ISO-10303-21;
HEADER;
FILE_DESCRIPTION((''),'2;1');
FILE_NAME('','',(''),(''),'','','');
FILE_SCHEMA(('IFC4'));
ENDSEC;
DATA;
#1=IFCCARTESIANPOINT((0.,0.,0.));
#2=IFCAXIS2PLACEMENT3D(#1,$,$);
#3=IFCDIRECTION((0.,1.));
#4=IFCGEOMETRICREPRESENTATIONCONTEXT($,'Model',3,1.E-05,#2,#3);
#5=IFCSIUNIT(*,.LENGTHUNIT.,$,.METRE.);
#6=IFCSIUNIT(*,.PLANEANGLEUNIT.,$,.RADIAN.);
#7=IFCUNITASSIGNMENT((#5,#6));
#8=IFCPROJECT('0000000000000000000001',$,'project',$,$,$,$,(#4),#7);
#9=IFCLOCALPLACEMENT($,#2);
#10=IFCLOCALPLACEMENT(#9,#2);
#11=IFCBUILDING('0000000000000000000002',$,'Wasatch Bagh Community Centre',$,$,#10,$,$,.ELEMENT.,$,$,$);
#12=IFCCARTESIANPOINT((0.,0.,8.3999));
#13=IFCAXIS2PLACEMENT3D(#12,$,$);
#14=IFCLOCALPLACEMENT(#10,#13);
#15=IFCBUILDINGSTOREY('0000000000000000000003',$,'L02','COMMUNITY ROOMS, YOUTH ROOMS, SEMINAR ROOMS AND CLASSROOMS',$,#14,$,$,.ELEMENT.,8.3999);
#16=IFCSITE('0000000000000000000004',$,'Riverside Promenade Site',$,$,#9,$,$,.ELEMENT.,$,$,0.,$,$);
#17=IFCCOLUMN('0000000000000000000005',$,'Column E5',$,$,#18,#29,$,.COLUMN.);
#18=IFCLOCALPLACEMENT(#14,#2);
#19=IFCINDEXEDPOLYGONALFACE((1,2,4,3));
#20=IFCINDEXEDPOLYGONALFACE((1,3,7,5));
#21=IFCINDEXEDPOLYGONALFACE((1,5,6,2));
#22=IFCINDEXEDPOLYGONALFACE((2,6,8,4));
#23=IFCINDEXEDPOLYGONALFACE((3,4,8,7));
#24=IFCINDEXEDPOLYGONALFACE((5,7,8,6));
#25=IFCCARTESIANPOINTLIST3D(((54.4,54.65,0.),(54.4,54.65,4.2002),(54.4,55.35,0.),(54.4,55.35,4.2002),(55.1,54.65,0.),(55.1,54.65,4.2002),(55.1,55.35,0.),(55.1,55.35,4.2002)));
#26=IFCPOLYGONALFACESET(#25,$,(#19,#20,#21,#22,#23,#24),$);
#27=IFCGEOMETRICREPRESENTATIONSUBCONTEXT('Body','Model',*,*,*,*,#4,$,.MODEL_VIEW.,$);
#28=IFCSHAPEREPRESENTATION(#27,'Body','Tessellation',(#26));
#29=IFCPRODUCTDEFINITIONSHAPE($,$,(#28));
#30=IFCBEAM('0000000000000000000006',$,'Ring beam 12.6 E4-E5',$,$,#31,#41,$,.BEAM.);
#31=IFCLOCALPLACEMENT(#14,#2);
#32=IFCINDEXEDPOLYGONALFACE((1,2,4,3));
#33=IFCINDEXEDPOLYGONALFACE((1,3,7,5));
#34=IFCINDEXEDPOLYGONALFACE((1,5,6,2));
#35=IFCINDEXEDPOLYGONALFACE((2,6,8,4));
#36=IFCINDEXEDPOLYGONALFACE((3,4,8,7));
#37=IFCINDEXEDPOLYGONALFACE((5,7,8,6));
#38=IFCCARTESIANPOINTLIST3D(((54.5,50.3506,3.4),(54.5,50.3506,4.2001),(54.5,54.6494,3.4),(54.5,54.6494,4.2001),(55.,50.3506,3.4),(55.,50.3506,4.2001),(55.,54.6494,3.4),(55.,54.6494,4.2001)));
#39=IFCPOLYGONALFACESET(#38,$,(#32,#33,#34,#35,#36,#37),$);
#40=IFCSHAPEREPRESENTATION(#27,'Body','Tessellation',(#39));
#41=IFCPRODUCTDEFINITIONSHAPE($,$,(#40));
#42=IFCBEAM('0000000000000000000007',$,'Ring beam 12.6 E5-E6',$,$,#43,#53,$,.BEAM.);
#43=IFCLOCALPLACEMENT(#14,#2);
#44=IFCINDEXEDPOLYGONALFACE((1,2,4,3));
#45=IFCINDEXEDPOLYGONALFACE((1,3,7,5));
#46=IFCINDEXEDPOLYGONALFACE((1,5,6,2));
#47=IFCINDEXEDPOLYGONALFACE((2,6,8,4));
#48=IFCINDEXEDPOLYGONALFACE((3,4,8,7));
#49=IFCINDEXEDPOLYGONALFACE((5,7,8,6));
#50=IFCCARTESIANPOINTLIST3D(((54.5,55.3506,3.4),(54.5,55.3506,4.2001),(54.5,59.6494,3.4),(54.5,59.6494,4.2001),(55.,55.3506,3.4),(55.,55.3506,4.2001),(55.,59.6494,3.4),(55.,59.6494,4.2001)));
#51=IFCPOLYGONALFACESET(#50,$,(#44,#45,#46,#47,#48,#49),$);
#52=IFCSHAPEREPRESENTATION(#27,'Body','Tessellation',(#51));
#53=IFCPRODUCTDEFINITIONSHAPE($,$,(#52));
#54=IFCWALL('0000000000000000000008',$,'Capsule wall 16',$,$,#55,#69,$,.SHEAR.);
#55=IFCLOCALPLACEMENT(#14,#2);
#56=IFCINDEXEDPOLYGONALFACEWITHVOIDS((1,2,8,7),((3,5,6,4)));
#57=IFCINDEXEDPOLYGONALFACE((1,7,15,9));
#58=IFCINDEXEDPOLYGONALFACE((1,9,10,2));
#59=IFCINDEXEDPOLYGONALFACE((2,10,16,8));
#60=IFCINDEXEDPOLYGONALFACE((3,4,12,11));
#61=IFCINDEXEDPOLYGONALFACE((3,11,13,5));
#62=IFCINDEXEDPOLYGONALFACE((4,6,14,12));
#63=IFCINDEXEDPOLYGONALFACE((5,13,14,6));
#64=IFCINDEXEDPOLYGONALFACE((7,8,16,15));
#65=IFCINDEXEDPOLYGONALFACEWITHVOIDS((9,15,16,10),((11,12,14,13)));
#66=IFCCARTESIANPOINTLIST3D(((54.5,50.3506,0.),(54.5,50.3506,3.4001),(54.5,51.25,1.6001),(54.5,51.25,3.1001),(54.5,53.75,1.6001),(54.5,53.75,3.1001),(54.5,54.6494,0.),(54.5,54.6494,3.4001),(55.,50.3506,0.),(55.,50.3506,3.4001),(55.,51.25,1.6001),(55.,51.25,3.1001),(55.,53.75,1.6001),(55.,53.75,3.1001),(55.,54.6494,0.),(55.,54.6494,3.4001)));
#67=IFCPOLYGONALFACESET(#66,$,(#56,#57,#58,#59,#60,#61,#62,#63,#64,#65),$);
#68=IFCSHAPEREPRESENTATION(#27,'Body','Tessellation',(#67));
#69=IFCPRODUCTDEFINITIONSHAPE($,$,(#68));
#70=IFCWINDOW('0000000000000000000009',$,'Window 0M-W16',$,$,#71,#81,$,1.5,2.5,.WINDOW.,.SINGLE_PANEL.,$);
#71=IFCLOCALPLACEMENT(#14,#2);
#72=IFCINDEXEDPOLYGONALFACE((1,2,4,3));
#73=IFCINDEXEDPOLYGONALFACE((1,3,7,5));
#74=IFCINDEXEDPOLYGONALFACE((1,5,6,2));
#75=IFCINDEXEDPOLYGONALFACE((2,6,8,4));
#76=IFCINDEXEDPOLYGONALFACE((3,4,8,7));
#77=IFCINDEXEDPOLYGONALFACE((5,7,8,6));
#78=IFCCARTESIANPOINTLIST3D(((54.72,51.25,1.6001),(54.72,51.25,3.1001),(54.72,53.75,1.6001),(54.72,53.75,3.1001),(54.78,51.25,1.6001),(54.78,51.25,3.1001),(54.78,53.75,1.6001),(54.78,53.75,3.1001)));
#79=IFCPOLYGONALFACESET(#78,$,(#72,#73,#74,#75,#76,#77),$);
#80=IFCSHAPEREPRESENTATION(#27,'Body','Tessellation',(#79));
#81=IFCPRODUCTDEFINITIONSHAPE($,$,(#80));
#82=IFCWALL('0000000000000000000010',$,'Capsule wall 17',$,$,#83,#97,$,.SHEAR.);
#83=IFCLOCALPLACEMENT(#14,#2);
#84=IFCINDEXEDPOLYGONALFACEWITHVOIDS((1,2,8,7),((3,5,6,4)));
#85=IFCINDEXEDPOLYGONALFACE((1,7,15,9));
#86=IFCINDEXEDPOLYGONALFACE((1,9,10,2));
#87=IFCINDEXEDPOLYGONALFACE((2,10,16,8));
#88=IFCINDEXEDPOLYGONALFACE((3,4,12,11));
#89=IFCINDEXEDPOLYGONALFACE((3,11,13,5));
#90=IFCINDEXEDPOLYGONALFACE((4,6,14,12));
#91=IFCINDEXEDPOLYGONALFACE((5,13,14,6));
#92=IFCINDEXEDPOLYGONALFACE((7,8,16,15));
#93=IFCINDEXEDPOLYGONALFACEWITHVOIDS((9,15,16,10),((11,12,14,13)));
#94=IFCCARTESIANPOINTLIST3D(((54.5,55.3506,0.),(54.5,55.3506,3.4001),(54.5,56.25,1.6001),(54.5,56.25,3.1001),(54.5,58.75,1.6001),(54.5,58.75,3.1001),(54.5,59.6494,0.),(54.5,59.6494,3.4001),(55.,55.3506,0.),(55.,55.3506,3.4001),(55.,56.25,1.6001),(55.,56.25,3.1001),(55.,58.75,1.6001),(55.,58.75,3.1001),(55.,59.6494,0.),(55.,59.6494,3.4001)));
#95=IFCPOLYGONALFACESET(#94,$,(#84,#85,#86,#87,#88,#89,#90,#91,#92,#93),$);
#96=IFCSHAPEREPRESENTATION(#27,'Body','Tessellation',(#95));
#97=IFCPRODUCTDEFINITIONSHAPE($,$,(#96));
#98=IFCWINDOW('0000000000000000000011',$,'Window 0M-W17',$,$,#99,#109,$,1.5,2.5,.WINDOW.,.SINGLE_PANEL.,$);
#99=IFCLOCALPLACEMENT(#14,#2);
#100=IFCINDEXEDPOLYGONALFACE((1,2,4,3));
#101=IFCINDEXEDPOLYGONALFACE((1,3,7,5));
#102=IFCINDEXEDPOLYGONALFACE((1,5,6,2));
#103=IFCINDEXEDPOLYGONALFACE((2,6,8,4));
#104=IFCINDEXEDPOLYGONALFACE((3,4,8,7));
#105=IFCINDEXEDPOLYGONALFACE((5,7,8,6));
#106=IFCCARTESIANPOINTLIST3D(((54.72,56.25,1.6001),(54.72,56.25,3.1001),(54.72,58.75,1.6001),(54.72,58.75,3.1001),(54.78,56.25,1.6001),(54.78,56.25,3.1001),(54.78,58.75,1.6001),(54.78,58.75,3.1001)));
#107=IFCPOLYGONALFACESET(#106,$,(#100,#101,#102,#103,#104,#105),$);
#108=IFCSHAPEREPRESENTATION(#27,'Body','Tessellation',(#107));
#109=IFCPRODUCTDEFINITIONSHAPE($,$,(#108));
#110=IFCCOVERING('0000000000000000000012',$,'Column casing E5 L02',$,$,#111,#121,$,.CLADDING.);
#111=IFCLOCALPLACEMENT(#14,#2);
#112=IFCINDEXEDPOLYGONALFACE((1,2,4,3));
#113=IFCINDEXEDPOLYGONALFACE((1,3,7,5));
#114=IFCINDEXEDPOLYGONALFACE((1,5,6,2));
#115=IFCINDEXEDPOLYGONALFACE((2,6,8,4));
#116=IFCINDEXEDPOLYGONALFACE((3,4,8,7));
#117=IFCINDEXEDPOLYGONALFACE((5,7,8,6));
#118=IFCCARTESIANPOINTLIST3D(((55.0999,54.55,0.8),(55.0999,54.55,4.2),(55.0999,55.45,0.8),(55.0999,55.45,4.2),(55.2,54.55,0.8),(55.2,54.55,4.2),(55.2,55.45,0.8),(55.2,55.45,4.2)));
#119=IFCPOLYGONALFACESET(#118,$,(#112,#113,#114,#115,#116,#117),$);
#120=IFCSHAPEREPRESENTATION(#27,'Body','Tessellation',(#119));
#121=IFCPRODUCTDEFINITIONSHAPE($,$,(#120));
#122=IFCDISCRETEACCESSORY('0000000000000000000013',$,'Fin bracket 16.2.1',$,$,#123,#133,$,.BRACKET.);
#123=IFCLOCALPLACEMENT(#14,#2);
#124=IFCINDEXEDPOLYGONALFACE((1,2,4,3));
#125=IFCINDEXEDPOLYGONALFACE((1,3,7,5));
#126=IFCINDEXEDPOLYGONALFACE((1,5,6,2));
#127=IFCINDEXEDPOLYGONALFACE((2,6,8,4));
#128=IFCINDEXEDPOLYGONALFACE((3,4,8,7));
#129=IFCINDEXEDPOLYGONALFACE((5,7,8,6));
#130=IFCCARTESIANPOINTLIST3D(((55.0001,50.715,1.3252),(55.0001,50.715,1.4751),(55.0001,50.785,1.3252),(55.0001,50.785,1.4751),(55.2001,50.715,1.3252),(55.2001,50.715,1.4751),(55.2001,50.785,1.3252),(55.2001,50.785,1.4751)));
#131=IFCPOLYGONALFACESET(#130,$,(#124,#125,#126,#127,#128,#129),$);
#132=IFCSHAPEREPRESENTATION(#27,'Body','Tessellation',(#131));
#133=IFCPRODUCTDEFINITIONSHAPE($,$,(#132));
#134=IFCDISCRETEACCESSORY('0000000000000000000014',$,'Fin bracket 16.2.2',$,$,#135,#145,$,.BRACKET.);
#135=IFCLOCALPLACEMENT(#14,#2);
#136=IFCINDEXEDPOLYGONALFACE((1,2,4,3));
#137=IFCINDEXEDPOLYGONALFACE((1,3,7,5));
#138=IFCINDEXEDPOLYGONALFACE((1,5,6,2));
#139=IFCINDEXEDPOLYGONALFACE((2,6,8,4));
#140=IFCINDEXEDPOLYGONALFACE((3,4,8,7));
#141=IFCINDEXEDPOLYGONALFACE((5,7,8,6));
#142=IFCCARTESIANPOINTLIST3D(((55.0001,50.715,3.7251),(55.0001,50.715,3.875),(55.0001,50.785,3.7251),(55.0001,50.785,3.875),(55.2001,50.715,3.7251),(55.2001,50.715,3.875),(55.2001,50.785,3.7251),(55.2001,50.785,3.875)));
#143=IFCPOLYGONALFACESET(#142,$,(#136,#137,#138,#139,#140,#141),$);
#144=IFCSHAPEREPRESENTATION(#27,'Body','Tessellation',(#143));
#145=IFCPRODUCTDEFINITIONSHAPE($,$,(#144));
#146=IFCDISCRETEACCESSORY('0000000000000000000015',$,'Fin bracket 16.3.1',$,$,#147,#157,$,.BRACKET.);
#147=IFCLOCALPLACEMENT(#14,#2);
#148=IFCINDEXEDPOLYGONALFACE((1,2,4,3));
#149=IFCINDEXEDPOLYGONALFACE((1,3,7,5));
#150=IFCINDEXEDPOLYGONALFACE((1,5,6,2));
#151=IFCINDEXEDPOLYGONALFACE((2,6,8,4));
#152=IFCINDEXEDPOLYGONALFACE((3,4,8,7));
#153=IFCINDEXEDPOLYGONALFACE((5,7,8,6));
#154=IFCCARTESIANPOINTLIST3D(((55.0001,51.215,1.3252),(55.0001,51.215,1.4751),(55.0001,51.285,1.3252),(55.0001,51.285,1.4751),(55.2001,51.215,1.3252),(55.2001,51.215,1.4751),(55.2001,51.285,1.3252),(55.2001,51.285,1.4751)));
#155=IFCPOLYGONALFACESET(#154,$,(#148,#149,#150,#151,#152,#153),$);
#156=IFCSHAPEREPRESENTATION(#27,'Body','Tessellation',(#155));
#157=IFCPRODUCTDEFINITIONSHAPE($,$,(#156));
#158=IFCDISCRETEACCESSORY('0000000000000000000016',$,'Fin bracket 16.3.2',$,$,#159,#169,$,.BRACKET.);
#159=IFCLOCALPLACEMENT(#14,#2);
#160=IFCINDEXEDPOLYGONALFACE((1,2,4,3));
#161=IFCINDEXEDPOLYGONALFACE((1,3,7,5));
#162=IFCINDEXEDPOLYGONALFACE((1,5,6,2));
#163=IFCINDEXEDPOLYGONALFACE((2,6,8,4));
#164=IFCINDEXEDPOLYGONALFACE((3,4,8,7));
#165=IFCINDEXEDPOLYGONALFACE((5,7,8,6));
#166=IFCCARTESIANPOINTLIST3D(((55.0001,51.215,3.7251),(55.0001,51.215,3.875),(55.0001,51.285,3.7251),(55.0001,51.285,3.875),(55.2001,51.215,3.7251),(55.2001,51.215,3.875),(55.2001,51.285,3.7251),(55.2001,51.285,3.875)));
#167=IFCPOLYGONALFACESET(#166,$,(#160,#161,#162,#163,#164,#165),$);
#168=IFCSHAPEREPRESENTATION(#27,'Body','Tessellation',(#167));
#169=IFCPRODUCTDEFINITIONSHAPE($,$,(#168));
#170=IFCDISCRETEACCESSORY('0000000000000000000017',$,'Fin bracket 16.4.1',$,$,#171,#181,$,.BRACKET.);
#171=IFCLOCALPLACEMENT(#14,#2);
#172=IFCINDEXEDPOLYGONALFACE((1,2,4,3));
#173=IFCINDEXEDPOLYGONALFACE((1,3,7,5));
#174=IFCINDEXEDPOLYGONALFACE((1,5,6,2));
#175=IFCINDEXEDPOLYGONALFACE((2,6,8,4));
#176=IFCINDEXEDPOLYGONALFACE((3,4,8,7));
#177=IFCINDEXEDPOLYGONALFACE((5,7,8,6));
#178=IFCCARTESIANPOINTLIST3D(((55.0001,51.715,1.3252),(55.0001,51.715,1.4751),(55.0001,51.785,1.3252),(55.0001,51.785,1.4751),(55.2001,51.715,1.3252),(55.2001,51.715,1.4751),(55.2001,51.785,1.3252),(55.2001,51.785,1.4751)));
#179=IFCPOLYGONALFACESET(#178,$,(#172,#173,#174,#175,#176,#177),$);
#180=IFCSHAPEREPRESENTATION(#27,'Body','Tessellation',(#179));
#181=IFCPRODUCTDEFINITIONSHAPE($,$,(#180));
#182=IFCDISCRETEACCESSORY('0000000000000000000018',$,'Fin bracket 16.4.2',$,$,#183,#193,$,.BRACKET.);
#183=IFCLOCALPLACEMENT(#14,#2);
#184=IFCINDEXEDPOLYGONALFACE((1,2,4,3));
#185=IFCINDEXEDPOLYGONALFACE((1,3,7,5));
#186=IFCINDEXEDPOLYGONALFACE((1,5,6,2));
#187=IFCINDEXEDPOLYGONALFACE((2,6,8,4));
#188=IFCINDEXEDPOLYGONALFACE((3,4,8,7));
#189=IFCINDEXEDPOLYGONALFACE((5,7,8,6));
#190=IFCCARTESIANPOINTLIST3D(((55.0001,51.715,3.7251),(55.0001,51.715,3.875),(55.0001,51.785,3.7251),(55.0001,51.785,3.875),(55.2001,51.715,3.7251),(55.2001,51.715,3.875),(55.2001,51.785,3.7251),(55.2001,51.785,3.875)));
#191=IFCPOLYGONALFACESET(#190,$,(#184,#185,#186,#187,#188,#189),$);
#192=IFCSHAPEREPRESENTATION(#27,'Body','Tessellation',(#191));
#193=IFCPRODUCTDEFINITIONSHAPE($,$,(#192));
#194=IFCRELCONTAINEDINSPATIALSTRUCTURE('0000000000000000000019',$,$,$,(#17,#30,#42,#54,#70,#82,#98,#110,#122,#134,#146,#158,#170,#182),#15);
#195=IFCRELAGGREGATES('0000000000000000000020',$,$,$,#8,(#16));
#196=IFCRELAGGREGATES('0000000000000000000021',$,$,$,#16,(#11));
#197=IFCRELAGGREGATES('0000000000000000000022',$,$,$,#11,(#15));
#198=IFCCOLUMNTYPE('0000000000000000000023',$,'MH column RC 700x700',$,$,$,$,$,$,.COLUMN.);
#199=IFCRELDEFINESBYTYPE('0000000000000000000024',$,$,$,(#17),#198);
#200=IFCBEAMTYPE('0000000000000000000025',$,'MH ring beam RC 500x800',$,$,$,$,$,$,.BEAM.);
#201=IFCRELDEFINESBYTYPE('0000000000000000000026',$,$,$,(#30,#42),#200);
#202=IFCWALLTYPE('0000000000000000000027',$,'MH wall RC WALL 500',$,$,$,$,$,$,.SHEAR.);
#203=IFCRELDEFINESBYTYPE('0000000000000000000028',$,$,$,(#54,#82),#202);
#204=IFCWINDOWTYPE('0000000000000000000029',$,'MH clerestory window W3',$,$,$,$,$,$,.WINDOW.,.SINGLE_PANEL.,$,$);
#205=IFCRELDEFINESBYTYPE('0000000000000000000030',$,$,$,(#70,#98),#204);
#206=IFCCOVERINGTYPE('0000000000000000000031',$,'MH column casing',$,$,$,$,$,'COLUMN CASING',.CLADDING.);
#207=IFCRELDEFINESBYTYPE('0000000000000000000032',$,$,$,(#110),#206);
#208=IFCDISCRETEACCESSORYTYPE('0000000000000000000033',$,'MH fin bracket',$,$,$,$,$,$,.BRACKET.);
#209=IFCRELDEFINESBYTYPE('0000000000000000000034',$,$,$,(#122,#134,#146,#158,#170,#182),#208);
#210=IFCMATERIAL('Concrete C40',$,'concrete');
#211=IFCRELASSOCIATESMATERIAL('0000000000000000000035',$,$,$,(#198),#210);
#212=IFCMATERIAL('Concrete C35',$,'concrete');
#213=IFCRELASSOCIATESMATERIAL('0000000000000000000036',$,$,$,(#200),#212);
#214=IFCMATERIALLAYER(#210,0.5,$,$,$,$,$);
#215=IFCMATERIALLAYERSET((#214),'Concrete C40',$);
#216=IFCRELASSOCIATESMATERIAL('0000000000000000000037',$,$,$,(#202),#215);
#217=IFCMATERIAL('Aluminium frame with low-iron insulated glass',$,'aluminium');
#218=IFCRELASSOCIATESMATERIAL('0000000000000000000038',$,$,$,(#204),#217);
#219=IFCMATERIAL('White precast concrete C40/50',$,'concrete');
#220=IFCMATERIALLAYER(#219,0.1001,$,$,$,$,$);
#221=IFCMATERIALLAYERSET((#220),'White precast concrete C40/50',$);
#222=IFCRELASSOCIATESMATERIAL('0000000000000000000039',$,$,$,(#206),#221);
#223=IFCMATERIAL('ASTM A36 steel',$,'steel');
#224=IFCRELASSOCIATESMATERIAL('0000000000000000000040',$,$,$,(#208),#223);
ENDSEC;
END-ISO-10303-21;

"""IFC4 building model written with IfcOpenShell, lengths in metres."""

from ifc_helpers import new_model, si_unit, direction, frame, frame_2d, origin, origin_2d, place, context, subcontext, project, spatial, rectangle, extrude, material, layer, layer_set, material_profile, profile_set, type_object, element, fill, save


model = new_model("IFC4")

# Units and contexts
model_context = context("Model", 3, precision=1e-05, world=origin(), true_north=direction((0.0, 1.0)))
body_context = subcontext(model_context, "Body", "Model", "MODEL_VIEW")
ifc_project = project(units=[si_unit("LENGTHUNIT", "METRE"), si_unit("PLANEANGLEUNIT", "RADIAN")], contexts=[model_context])

# Site, building, storey
site_placement = place(None, origin())
site = spatial("IfcSite", under=ifc_project, at=site_placement, Name="Riverside Promenade Site", CompositionType="ELEMENT", RefElevation=0.0)
building_placement = place(site_placement, origin())
building = spatial("IfcBuilding", under=site, at=building_placement, Name="Wasatch Bagh Community Centre", CompositionType="ELEMENT")
storey_placement = place(building_placement, frame((0.0, 0.0, 8.3999)))
storey = spatial("IfcBuildingStorey", under=building, at=storey_placement, Name="L02", Description="COMMUNITY ROOMS, YOUTH ROOMS, SEMINAR ROOMS AND CLASSROOMS", CompositionType="ELEMENT", Elevation=8.3999)

# Column
ifc_material_1 = material(Name="Concrete C40", Category="concrete")
ifc_material_profile_1 = material_profile(ifc_material_1, rectangle(XDim=0.7, YDim=0.7, at=origin_2d()), Name="RC 700x700")
ifc_profile_set_1 = profile_set([ifc_material_profile_1], Name="Concrete C40")
column_type = type_object("IfcColumnType", Name="MH column RC 700x700", PredefinedType="COLUMN", material=ifc_profile_set_1)
column_placement = place(storey_placement, frame((54.75, 55.0, 0.0), z_axis=(0.0, 0.0, 1.0), x_axis=(1.0, 0.0, 0.0)))
element("IfcColumn", 1, at=column_placement, inside=storey, type_object=column_type, Name="Column E5", PredefinedType="COLUMN", context=body_context, shape_type="SweptSolid", body=[
    extrude(rectangle(XDim=0.7, YDim=0.7, at=origin_2d()), origin(), (0.0, 0.0, 1.0), 4.2002),
])

# Beams
ifc_material_2 = material(Name="Concrete C35", Category="concrete")
ifc_material_profile_2 = material_profile(ifc_material_2, rectangle(XDim=0.5, YDim=0.8, at=origin_2d()), Name="RC 500x800")
ifc_profile_set_2 = profile_set([ifc_material_profile_2], Name="Concrete C35")
beam_type = type_object("IfcBeamType", Name="MH ring beam RC 500x800", PredefinedType="BEAM", material=ifc_profile_set_2)
for number, where, z_axis, x_axis, name in (
    (2, (54.75, 50.3506, 3.8), (0.0, 1.0, 0.0), (-1.0, 0.0, 0.0), "Ring beam 12.6 E4-E5"),
    (3, (54.75, 55.3506, 3.8), (0.0, 1.0, 0.0), (-1.0, 0.0, 0.0), "Ring beam 12.6 E5-E6"),
):
    element("IfcBeam", number, at=place(storey_placement, frame(where, z_axis=z_axis, x_axis=x_axis)), inside=storey, type_object=beam_type, Name=name, PredefinedType="BEAM", context=body_context, shape_type="SweptSolid", body=[
        extrude(rectangle(XDim=0.5, YDim=0.8, at=origin_2d()), origin(), (0.0, 0.0, 1.0), 4.2988),
    ])

# Walls, openings, windows
ifc_layer_1 = layer(ifc_material_1, 0.5)
ifc_layer_set_1 = layer_set([ifc_layer_1], Name="Concrete C40")
wall_type = type_object("IfcWallType", Name="MH wall RC WALL 500", PredefinedType="SHEAR", material=ifc_layer_set_1)
wall_1_placement = place(storey_placement, frame((54.75, 50.3506, 0.0), z_axis=(0.0, 0.0, 1.0), x_axis=(0.0, 1.0, 0.0)))
wall_1 = element("IfcWall", 4, at=wall_1_placement, inside=storey, type_object=wall_type, Name="Capsule wall 16", PredefinedType="SHEAR", context=body_context, shape_type="SweptSolid", body=[
    extrude(rectangle(XDim=4.2988, YDim=0.5, at=frame_2d((2.1494, 0.0))), origin(), (0.0, 0.0, 1.0), 3.4001),
])
opening_1_placement = place(wall_1_placement, frame((0.8994, 0.0, 1.6001)))
opening_1 = element("IfcOpeningElement", 5, at=opening_1_placement, cuts=wall_1, PredefinedType="OPENING", context=body_context, shape_type="SweptSolid", body=[
    extrude(rectangle(XDim=2.5, YDim=1.5, at=frame_2d((1.25, 0.75))), frame((0.0, 0.26, 0.0), z_axis=(0.0, -1.0, 0.0), x_axis=(1.0, 0.0, 0.0)), (0.0, 0.0, 1.0), 0.52),
])
ifc_material_3 = material(Name="Aluminium frame with low-iron insulated glass", Category="aluminium")
window_type = type_object("IfcWindowType", Name="MH clerestory window W3", PartitioningType="SINGLE_PANEL", PredefinedType="WINDOW", material=ifc_material_3)
window_1_placement = place(opening_1_placement, origin())
window_1 = element("IfcWindow", 6, at=window_1_placement, inside=storey, type_object=window_type, Name="Window 0M-W16", OverallHeight=1.5, OverallWidth=2.5, PartitioningType="SINGLE_PANEL", PredefinedType="WINDOW", context=body_context, shape_type="SweptSolid", body=[
    extrude(rectangle(XDim=2.5, YDim=1.5, at=frame_2d((1.25, 0.75))), frame((0.0, 0.03, 0.0), z_axis=(0.0, -1.0, 0.0), x_axis=(1.0, 0.0, 0.0)), (0.0, 0.0, 1.0), 0.0601),
])
fill(opening_1, window_1)
wall_2_placement = place(storey_placement, frame((54.75, 55.3506, 0.0), z_axis=(0.0, 0.0, 1.0), x_axis=(0.0, 1.0, 0.0)))
wall_2 = element("IfcWall", 7, at=wall_2_placement, inside=storey, type_object=wall_type, Name="Capsule wall 17", PredefinedType="SHEAR", context=body_context, shape_type="SweptSolid", body=[
    extrude(rectangle(XDim=4.2988, YDim=0.5, at=frame_2d((2.1494, 0.0))), origin(), (0.0, 0.0, 1.0), 3.4001),
])
opening_2_placement = place(wall_2_placement, frame((0.8994, 0.0, 1.6001)))
opening_2 = element("IfcOpeningElement", 8, at=opening_2_placement, cuts=wall_2, PredefinedType="OPENING", context=body_context, shape_type="SweptSolid", body=[
    extrude(rectangle(XDim=2.5, YDim=1.5, at=frame_2d((1.25, 0.75))), frame((0.0, 0.26, 0.0), z_axis=(0.0, -1.0, 0.0), x_axis=(1.0, 0.0, 0.0)), (0.0, 0.0, 1.0), 0.52),
])
window_2_placement = place(opening_2_placement, origin())
window_2 = element("IfcWindow", 9, at=window_2_placement, inside=storey, type_object=window_type, Name="Window 0M-W17", OverallHeight=1.5, OverallWidth=2.5, PartitioningType="SINGLE_PANEL", PredefinedType="WINDOW", context=body_context, shape_type="SweptSolid", body=[
    extrude(rectangle(XDim=2.5, YDim=1.5, at=frame_2d((1.25, 0.75))), frame((0.0, 0.03, 0.0), z_axis=(0.0, -1.0, 0.0), x_axis=(1.0, 0.0, 0.0)), (0.0, 0.0, 1.0), 0.0601),
])
fill(opening_2, window_2)

# Covering
ifc_material_4 = material(Name="White precast concrete C40/50", Category="concrete")
ifc_layer_2 = layer(ifc_material_4, 0.1001)
ifc_layer_set_2 = layer_set([ifc_layer_2], Name="White precast concrete C40/50")
covering_type = type_object("IfcCoveringType", Name="MH column casing", ElementType="COLUMN CASING", PredefinedType="CLADDING", material=ifc_layer_set_2)
covering_placement = place(storey_placement, frame((55.1499, 55.0, 0.8), z_axis=(0.0, 0.0, 1.0), x_axis=(0.0, 1.0, 0.0)))
element("IfcCovering", 10, at=covering_placement, inside=storey, type_object=covering_type, Name="Column casing E5 L02", PredefinedType="CLADDING", context=body_context, shape_type="SweptSolid", body=[
    extrude(rectangle(XDim=0.8999, YDim=0.1001, at=origin_2d()), origin(), (0.0, 0.0, 1.0), 3.3999),
])

# Discrete accessories
ifc_material_5 = material(Name="ASTM A36 steel", Category="steel")
discrete_accessory_type = type_object("IfcDiscreteAccessoryType", Name="MH fin bracket", PredefinedType="BRACKET", material=ifc_material_5)
for number, where, z_axis, x_axis, name in (
    (11, (55.1001, 50.75, 1.3252), (0.0, 0.0, 1.0), (0.0, 1.0, 0.0), "Fin bracket 16.2.1"),
    (12, (55.1001, 50.75, 3.7251), (0.0, 0.0, 1.0), (0.0, 1.0, 0.0), "Fin bracket 16.2.2"),
    (13, (55.1001, 51.25, 1.3252), (0.0, 0.0, 1.0), (0.0, 1.0, 0.0), "Fin bracket 16.3.1"),
    (14, (55.1001, 51.25, 3.7251), (0.0, 0.0, 1.0), (0.0, 1.0, 0.0), "Fin bracket 16.3.2"),
    (15, (55.1001, 51.75, 1.3252), (0.0, 0.0, 1.0), (0.0, 1.0, 0.0), "Fin bracket 16.4.1"),
    (16, (55.1001, 51.75, 3.7251), (0.0, 0.0, 1.0), (0.0, 1.0, 0.0), "Fin bracket 16.4.2"),
):
    element("IfcDiscreteAccessory", number, at=place(storey_placement, frame(where, z_axis=z_axis, x_axis=x_axis)), inside=storey, type_object=discrete_accessory_type, Name=name, PredefinedType="BRACKET", context=body_context, shape_type="SweptSolid", body=[
        extrude(rectangle(XDim=0.0701, YDim=0.2, at=origin_2d()), origin(), (0.0, 0.0, 1.0), 0.1499),
    ])

save(model, "model.ifc")
